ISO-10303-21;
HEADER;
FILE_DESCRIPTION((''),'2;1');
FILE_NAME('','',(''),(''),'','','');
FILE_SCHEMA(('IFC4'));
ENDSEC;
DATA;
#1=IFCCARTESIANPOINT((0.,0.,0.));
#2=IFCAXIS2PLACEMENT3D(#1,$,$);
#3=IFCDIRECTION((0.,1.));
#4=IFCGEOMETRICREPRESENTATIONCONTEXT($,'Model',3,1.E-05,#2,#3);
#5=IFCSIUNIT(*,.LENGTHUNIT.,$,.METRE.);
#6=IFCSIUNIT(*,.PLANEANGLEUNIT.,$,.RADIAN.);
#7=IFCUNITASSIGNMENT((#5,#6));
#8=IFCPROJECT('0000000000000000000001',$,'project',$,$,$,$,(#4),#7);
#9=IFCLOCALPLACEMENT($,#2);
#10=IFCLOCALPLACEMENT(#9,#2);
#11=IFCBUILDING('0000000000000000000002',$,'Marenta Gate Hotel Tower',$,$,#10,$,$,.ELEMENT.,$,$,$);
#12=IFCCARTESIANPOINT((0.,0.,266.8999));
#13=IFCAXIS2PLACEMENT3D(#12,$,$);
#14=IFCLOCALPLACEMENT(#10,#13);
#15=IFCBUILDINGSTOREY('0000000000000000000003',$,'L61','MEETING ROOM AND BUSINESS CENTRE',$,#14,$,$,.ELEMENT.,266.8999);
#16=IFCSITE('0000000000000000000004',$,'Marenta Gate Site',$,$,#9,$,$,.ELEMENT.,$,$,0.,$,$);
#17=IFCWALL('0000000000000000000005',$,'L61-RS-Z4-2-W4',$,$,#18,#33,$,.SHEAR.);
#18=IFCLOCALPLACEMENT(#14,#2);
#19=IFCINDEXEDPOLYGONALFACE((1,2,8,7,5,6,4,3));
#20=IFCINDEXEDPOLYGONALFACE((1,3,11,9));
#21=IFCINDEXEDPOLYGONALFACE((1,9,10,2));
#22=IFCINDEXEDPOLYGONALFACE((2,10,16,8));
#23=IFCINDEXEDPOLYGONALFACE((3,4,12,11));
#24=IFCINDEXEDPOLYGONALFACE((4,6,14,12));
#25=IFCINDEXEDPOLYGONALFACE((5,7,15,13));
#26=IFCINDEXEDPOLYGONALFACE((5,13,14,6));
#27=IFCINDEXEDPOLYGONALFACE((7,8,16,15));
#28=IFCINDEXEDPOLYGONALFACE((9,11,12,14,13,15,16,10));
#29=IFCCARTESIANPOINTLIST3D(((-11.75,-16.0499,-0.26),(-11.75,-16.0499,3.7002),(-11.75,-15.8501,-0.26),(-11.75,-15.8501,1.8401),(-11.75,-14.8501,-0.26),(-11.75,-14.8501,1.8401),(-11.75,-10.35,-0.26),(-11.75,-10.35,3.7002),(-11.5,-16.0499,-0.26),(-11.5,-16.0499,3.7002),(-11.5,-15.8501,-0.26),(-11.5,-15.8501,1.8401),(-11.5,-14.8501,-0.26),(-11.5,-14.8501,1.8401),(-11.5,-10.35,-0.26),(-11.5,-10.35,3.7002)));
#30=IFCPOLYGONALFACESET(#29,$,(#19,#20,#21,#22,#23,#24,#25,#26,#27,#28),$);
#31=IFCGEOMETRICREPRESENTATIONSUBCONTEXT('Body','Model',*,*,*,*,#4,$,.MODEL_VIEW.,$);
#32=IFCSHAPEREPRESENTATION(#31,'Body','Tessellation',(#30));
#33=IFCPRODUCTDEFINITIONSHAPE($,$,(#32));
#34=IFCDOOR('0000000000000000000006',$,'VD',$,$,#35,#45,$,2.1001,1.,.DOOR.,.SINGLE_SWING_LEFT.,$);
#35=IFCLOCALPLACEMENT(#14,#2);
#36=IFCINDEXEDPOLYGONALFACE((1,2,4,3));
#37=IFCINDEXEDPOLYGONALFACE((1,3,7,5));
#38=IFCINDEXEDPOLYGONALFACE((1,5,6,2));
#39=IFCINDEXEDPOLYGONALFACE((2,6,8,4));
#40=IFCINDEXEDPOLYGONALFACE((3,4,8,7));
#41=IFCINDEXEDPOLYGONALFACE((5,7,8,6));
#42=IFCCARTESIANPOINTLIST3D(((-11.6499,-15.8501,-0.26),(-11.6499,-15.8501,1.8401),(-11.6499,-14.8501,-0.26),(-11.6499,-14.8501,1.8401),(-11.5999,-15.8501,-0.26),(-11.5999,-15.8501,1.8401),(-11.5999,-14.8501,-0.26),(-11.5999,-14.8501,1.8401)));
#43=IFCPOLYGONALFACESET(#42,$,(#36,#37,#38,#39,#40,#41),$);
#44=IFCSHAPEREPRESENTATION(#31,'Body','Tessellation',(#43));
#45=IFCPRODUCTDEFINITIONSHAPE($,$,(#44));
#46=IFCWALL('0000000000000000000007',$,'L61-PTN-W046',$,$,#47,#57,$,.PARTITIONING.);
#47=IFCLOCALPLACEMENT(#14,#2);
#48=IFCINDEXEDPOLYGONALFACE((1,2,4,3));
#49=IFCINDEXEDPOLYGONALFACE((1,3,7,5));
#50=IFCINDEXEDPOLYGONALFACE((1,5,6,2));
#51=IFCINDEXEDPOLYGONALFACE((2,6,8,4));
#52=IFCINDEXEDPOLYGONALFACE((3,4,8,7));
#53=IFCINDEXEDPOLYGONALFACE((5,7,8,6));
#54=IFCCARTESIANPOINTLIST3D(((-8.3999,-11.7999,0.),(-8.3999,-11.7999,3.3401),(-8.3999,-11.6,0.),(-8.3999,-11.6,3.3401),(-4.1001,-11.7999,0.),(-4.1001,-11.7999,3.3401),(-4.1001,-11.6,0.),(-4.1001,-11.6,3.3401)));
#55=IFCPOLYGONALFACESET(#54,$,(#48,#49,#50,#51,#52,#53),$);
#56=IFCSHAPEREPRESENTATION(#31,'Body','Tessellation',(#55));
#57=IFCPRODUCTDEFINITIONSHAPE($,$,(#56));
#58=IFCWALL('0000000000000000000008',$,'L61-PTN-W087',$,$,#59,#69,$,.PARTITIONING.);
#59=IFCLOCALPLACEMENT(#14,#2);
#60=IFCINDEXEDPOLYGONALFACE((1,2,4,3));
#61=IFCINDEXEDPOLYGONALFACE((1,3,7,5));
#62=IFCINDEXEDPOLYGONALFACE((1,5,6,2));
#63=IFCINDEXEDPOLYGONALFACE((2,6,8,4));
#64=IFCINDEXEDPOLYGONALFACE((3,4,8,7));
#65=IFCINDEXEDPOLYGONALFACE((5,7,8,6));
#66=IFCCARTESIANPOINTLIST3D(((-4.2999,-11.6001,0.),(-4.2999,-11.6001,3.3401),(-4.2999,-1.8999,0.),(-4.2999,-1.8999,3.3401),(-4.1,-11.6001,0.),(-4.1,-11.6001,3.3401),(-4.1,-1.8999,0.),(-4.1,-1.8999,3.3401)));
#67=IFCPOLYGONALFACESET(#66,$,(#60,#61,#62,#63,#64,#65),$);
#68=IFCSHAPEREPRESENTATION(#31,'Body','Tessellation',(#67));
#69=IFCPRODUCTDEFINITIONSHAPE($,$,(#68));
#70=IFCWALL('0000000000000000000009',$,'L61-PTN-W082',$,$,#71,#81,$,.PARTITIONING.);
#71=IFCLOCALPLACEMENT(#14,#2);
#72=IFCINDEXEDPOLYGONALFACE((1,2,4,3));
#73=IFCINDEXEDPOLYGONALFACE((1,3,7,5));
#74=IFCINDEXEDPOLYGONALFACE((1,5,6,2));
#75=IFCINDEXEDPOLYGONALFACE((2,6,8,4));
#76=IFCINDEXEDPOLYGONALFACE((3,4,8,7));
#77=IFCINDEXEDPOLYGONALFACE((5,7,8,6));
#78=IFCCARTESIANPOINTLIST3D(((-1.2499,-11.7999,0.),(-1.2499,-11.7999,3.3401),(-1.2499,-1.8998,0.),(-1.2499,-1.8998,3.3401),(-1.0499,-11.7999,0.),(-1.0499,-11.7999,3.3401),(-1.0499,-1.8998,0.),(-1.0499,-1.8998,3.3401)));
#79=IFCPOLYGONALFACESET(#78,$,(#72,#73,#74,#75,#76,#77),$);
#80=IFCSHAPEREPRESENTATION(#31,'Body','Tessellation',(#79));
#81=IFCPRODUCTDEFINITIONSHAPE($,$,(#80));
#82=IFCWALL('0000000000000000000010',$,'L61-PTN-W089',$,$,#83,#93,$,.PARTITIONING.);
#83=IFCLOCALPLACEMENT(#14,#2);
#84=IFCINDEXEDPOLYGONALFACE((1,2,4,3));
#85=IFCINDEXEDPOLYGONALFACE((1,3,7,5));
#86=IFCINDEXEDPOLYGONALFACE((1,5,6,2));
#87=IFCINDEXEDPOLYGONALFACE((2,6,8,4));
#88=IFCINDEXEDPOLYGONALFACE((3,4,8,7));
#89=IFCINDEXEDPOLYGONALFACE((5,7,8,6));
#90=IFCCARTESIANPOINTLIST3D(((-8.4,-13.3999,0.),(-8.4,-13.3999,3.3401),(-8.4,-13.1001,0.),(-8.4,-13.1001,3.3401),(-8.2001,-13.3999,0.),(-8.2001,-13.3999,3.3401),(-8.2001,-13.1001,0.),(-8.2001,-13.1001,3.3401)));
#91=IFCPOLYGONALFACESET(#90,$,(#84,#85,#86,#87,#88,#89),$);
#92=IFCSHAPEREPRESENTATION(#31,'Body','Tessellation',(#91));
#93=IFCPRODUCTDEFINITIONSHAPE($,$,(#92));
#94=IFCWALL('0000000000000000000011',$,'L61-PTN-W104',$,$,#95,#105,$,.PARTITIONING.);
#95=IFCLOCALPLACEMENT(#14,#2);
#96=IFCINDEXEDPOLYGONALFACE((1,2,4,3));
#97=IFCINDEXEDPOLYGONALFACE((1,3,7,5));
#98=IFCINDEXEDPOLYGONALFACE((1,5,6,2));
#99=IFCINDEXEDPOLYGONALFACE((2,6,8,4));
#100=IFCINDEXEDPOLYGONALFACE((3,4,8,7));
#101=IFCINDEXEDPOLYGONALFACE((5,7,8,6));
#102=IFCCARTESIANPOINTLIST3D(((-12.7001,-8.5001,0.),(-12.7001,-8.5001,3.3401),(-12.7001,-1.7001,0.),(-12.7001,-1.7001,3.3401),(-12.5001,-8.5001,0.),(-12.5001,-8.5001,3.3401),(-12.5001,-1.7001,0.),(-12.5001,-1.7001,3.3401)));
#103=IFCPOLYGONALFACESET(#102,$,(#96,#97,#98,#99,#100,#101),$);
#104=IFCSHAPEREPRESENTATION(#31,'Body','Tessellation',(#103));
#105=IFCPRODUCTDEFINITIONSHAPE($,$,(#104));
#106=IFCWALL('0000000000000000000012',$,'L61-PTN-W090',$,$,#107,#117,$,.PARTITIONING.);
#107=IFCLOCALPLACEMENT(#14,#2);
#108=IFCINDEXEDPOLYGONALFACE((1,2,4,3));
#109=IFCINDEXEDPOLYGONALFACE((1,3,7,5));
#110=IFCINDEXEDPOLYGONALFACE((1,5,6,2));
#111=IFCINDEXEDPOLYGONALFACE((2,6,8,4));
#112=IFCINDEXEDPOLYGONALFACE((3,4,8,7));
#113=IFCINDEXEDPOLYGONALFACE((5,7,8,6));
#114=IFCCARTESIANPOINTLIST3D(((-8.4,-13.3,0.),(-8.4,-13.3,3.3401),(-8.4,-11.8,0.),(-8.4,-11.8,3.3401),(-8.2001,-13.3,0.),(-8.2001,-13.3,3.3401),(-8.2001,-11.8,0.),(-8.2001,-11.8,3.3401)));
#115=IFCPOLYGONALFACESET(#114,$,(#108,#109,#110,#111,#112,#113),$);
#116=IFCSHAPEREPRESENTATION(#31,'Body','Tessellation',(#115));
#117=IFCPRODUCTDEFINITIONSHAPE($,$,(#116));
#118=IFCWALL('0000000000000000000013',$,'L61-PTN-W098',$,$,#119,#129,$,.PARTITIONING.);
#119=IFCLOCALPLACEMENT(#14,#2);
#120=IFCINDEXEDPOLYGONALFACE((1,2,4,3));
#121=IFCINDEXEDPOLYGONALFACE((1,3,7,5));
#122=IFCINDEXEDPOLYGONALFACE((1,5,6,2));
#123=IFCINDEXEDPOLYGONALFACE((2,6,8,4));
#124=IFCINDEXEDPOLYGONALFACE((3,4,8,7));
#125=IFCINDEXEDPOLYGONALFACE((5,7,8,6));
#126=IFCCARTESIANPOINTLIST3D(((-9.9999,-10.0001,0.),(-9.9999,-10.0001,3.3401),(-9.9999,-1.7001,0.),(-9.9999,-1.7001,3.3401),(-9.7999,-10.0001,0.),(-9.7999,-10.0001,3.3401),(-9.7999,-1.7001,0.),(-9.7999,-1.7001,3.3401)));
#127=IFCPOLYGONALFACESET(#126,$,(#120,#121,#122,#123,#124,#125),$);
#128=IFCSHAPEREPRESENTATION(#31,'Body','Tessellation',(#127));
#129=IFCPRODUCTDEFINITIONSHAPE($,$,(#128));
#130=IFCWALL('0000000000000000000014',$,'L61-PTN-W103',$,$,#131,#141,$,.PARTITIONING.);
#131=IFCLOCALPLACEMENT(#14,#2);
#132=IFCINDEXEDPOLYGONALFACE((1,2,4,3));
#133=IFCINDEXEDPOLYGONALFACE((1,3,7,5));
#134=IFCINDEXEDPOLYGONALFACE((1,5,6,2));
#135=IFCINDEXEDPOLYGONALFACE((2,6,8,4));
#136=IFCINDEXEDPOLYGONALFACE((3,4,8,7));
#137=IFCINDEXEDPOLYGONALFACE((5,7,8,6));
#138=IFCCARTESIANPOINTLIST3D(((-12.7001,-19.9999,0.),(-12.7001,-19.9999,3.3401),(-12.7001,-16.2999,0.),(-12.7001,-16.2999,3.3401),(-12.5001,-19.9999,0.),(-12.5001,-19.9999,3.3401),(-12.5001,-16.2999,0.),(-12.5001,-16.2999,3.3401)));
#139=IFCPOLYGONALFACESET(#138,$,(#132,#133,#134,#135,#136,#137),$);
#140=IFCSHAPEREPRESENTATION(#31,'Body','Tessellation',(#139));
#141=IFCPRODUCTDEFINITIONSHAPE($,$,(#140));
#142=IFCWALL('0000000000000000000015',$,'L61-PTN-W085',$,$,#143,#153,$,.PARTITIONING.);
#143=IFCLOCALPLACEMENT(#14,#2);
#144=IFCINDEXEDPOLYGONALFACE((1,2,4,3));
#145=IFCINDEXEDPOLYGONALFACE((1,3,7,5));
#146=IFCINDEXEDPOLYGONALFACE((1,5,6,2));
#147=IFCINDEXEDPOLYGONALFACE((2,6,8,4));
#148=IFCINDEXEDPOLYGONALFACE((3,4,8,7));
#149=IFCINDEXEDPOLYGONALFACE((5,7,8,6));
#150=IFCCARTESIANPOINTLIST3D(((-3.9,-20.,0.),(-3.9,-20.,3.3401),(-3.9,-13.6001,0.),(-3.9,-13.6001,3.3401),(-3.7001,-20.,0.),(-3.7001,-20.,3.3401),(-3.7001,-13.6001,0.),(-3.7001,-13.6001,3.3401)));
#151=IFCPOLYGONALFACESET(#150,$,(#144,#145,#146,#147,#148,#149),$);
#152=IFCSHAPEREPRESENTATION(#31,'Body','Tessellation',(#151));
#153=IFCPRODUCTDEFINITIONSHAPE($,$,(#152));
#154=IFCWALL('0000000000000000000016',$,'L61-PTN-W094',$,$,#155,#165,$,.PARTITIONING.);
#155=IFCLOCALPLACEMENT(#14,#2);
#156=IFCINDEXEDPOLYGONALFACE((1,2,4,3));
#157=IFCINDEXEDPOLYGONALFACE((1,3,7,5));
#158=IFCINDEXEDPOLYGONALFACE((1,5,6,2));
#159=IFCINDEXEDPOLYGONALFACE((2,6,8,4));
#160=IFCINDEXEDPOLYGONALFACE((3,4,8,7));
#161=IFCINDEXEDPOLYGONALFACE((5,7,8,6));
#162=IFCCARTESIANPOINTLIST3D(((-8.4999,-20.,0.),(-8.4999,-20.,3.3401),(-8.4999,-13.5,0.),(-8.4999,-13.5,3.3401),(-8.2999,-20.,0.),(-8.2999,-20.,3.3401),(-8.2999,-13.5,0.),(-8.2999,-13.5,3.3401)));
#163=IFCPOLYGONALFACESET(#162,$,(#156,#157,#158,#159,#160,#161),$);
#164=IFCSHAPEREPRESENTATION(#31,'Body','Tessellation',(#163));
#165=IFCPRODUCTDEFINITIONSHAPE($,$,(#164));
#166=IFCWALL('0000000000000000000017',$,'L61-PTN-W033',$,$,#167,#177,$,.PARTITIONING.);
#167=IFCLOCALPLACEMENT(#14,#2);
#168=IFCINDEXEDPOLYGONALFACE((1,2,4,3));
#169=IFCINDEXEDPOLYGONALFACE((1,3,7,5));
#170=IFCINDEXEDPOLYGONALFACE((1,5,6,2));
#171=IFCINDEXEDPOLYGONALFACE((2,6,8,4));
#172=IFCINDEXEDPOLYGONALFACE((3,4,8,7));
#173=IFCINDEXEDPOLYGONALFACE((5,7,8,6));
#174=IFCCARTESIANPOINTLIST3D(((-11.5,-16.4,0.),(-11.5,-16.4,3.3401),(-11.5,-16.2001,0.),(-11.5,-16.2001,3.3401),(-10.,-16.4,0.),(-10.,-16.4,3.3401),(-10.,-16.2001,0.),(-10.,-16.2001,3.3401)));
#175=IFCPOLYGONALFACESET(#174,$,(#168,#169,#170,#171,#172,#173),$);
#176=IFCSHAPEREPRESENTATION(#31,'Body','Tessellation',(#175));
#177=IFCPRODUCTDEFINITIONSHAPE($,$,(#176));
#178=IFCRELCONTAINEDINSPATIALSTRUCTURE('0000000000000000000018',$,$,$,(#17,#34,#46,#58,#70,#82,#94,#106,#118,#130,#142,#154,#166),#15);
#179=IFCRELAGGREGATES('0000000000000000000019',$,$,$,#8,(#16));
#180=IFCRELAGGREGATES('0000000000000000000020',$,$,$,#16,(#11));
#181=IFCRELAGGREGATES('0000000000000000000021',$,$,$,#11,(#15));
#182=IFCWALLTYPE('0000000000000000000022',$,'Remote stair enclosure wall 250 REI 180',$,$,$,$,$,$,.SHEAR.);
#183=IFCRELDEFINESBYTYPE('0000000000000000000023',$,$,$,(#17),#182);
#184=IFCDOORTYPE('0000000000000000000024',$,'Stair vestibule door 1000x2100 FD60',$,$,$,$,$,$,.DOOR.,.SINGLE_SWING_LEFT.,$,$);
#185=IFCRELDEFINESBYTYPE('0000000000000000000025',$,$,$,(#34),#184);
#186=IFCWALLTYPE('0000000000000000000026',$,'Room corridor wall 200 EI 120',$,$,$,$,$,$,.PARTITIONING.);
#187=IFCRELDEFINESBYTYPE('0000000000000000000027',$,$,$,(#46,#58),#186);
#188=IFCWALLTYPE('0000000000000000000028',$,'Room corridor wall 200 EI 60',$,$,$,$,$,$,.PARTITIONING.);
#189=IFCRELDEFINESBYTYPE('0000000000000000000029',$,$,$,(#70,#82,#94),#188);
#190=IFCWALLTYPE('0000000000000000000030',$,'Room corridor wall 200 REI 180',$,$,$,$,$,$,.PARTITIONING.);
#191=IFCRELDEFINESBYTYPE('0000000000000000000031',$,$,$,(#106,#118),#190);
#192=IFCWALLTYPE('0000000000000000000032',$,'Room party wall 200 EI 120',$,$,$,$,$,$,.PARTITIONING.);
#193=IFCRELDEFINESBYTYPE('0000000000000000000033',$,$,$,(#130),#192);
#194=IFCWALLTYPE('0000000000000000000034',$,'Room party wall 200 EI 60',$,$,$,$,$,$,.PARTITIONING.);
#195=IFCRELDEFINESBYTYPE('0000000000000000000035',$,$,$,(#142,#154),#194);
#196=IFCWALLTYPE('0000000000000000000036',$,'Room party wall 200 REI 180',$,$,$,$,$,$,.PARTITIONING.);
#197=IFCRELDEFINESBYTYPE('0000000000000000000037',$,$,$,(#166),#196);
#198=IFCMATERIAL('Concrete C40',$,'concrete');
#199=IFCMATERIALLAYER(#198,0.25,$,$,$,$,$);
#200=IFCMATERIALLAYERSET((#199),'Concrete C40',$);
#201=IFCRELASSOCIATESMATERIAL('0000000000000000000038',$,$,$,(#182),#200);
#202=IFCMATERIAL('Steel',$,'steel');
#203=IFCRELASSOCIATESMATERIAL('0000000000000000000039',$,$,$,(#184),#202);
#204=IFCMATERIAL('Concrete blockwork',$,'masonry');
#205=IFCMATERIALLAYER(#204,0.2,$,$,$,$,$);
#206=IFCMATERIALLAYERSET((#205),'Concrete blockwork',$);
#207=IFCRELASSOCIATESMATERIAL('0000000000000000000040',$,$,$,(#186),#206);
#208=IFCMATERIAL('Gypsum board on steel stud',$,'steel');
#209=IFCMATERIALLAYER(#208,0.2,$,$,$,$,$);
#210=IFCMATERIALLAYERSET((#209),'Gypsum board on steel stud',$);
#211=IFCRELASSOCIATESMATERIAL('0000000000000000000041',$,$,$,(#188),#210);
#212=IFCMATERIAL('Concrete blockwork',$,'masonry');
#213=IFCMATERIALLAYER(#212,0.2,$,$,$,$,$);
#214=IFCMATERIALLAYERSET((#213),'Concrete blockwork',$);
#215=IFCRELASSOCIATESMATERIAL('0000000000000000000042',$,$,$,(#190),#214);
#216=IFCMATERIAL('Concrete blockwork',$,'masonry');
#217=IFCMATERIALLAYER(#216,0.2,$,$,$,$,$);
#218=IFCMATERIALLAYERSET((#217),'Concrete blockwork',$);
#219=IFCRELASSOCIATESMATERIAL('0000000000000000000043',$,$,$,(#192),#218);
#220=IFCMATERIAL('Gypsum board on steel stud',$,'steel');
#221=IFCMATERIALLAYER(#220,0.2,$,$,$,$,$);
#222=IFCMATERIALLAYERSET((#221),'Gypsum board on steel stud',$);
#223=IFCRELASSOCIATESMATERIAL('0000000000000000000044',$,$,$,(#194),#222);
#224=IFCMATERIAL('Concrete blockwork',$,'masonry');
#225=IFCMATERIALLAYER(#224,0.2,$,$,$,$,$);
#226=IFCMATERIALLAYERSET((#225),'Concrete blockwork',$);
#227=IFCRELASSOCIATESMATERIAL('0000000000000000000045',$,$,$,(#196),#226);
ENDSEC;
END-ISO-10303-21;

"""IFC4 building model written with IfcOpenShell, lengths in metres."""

from ifc_helpers import new_model, si_unit, direction, frame, frame_2d, origin, place, context, subcontext, project, spatial, rectangle, extrude, material, layer, layer_set, type_object, element, fill, save


model = new_model("IFC4")

# Units and contexts
model_context = context("Model", 3, precision=1e-05, world=origin(), true_north=direction((0.0, 1.0)))
body_context = subcontext(model_context, "Body", "Model", "MODEL_VIEW")
ifc_project = project(units=[si_unit("LENGTHUNIT", "METRE"), si_unit("PLANEANGLEUNIT", "RADIAN")], contexts=[model_context])

# Site, building, storey
site_placement = place(None, origin())
site = spatial("IfcSite", under=ifc_project, at=site_placement, Name="Marenta Gate Site", CompositionType="ELEMENT", RefElevation=0.0)
building_placement = place(site_placement, origin())
building = spatial("IfcBuilding", under=site, at=building_placement, Name="Marenta Gate Hotel Tower", CompositionType="ELEMENT")
storey_placement = place(building_placement, frame((0.0, 0.0, 266.8999)))
storey = spatial("IfcBuildingStorey", under=building, at=storey_placement, Name="L61", Description="MEETING ROOM AND BUSINESS CENTRE", CompositionType="ELEMENT", Elevation=266.8999)

# Wall, opening, door
ifc_material_1 = material(Name="Concrete C40", Category="concrete")
ifc_layer_1 = layer(ifc_material_1, 0.25)
ifc_layer_set_1 = layer_set([ifc_layer_1], Name="Concrete C40")
wall_type_1 = type_object("IfcWallType", Name="Remote stair enclosure wall 250 REI 180", PredefinedType="SHEAR", material=ifc_layer_set_1)
wall_1_placement = place(storey_placement, frame((-11.625, -16.05, -0.26), z_axis=(0.0, 0.0, 1.0), x_axis=(0.0, 1.0, 0.0)))
wall_1 = element("IfcWall", 1, at=wall_1_placement, inside=storey, type_object=wall_type_1, Name="L61-RS-Z4-2-W4", PredefinedType="SHEAR", context=body_context, shape_type="SweptSolid", body=[
    extrude(rectangle(XDim=5.7, YDim=0.25, at=frame_2d((2.8501, 0.0))), origin(), (0.0, 0.0, 1.0), 3.9602),
])
opening_1_placement = place(wall_1_placement, frame((0.2, 0.0, 0.0)))
opening_1 = element("IfcOpeningElement", 2, at=opening_1_placement, cuts=wall_1, PredefinedType="OPENING", context=body_context, shape_type="SweptSolid", body=[
    extrude(rectangle(XDim=1.0, YDim=2.1001, at=frame_2d((0.5, 1.05))), frame((0.0, 0.125, 0.0), z_axis=(0.0, -1.0, 0.0), x_axis=(1.0, 0.0, 0.0)), (0.0, 0.0, 1.0), 0.25),
])
ifc_material_2 = material(Name="Steel", Category="steel")
door_type_1 = type_object("IfcDoorType", Name="Stair vestibule door 1000x2100 FD60", OperationType="SINGLE_SWING_LEFT", PredefinedType="DOOR", material=ifc_material_2)
door_1_placement = place(opening_1_placement, origin())
door_1 = element("IfcDoor", 3, at=door_1_placement, inside=storey, type_object=door_type_1, Name="VD", OperationType="SINGLE_SWING_LEFT", OverallHeight=2.1001, OverallWidth=1.0, PredefinedType="DOOR", context=body_context, shape_type="SweptSolid", body=[
    extrude(rectangle(XDim=1.0, YDim=2.1001, at=frame_2d((0.5, 1.05))), frame((0.0, 0.0249, 0.0), z_axis=(0.0, -1.0, 0.0), x_axis=(1.0, 0.0, 0.0)), (0.0, 0.0, 1.0), 0.05),
])
fill(opening_1, door_1)

# Walls
ifc_material_3 = material(Name="Concrete blockwork", Category="masonry")
ifc_layer_2 = layer(ifc_material_3, 0.2)
ifc_layer_set_2 = layer_set([ifc_layer_2], Name="Concrete blockwork")
wall_type_2 = type_object("IfcWallType", Name="Room corridor wall 200 EI 120", PredefinedType="PARTITIONING", material=ifc_layer_set_2)
wall_2_placement = place(storey_placement, frame((-8.3999, -11.7, 0.0), z_axis=(0.0, 0.0, 1.0), x_axis=(1.0, 0.0, 0.0)))
element("IfcWall", 4, at=wall_2_placement, inside=storey, type_object=wall_type_2, Name="L61-PTN-W046", PredefinedType="PARTITIONING", context=body_context, shape_type="SweptSolid", body=[
    extrude(rectangle(XDim=4.2998, YDim=0.2, at=frame_2d((2.1499, 0.0))), origin(), (0.0, 0.0, 1.0), 3.3401),
])
wall_3_placement = place(storey_placement, frame((-4.2, -11.6001, 0.0), z_axis=(0.0, 0.0, 1.0), x_axis=(0.0, 1.0, 0.0)))
element("IfcWall", 5, at=wall_3_placement, inside=storey, type_object=wall_type_2, Name="L61-PTN-W087", PredefinedType="PARTITIONING", context=body_context, shape_type="SweptSolid", body=[
    extrude(rectangle(XDim=9.7002, YDim=0.2, at=frame_2d((4.8501, 0.0))), origin(), (0.0, 0.0, 1.0), 3.3401),
])

# Shared definitions
ifc_material_4 = material(Name="Gypsum board on steel stud", Category="steel")
ifc_layer_3 = layer(ifc_material_4, 0.2)
ifc_layer_set_3 = layer_set([ifc_layer_3], Name="Gypsum board on steel stud")
wall_type_3 = type_object("IfcWallType", Name="Room corridor wall 200 EI 60", PredefinedType="PARTITIONING", material=ifc_layer_set_3)

# Walls
wall_4_placement = place(storey_placement, frame((-1.1499, -11.8, 0.0), z_axis=(0.0, 0.0, 1.0), x_axis=(0.0, 1.0, 0.0)))
element("IfcWall", 6, at=wall_4_placement, inside=storey, type_object=wall_type_3, Name="L61-PTN-W082", PredefinedType="PARTITIONING", context=body_context, shape_type="SweptSolid", body=[
    extrude(rectangle(XDim=9.9001, YDim=0.2, at=frame_2d((4.9502, 0.0))), origin(), (0.0, 0.0, 1.0), 3.3401),
])
wall_5_placement = place(storey_placement, frame((-8.3, -13.3999, 0.0), z_axis=(0.0, 0.0, 1.0), x_axis=(0.0, 1.0, 0.0)))
element("IfcWall", 7, at=wall_5_placement, inside=storey, type_object=wall_type_3, Name="L61-PTN-W089", PredefinedType="PARTITIONING", context=body_context, shape_type="SweptSolid", body=[
    extrude(rectangle(XDim=0.2998, YDim=0.2, at=frame_2d((0.1499, 0.0))), origin(), (0.0, 0.0, 1.0), 3.3401),
])
wall_6_placement = place(storey_placement, frame((-12.6001, -8.5, 0.0), z_axis=(0.0, 0.0, 1.0), x_axis=(0.0, 1.0, 0.0)))
element("IfcWall", 8, at=wall_6_placement, inside=storey, type_object=wall_type_3, Name="L61-PTN-W104", PredefinedType="PARTITIONING", context=body_context, shape_type="SweptSolid", body=[
    extrude(rectangle(XDim=6.8, YDim=0.2, at=frame_2d((3.3999, 0.0))), origin(), (0.0, 0.0, 1.0), 3.3401),
])

# Shared definitions
ifc_material_5 = material(Name="Concrete blockwork", Category="masonry")
ifc_layer_4 = layer(ifc_material_5, 0.2)
ifc_layer_set_4 = layer_set([ifc_layer_4], Name="Concrete blockwork")
wall_type_4 = type_object("IfcWallType", Name="Room corridor wall 200 REI 180", PredefinedType="PARTITIONING", material=ifc_layer_set_4)

# Walls
wall_7_placement = place(storey_placement, frame((-8.3, -13.3, 0.0), z_axis=(0.0, 0.0, 1.0), x_axis=(0.0, 1.0, 0.0)))
element("IfcWall", 9, at=wall_7_placement, inside=storey, type_object=wall_type_4, Name="L61-PTN-W090", PredefinedType="PARTITIONING", context=body_context, shape_type="SweptSolid", body=[
    extrude(rectangle(XDim=1.5, YDim=0.2, at=frame_2d((0.75, 0.0))), origin(), (0.0, 0.0, 1.0), 3.3401),
])
wall_8_placement = place(storey_placement, frame((-9.8999, -10.0, 0.0), z_axis=(0.0, 0.0, 1.0), x_axis=(0.0, 1.0, 0.0)))
element("IfcWall", 10, at=wall_8_placement, inside=storey, type_object=wall_type_4, Name="L61-PTN-W098", PredefinedType="PARTITIONING", context=body_context, shape_type="SweptSolid", body=[
    extrude(rectangle(XDim=8.3, YDim=0.2, at=frame_2d((4.1499, 0.0))), origin(), (0.0, 0.0, 1.0), 3.3401),
])
ifc_material_6 = material(Name="Concrete blockwork", Category="masonry")
ifc_layer_5 = layer(ifc_material_6, 0.2)
ifc_layer_set_5 = layer_set([ifc_layer_5], Name="Concrete blockwork")
wall_type_5 = type_object("IfcWallType", Name="Room party wall 200 EI 120", PredefinedType="PARTITIONING", material=ifc_layer_set_5)
wall_9_placement = place(storey_placement, frame((-12.6001, -20.0, 0.0), z_axis=(0.0, 0.0, 1.0), x_axis=(0.0, 1.0, 0.0)))
element("IfcWall", 11, at=wall_9_placement, inside=storey, type_object=wall_type_5, Name="L61-PTN-W103", PredefinedType="PARTITIONING", context=body_context, shape_type="SweptSolid", body=[
    extrude(rectangle(XDim=3.7, YDim=0.2, at=frame_2d((1.8501, 0.0))), origin(), (0.0, 0.0, 1.0), 3.3401),
])
ifc_material_7 = material(Name="Gypsum board on steel stud", Category="steel")
ifc_layer_6 = layer(ifc_material_7, 0.2)
ifc_layer_set_6 = layer_set([ifc_layer_6], Name="Gypsum board on steel stud")
wall_type_6 = type_object("IfcWallType", Name="Room party wall 200 EI 60", PredefinedType="PARTITIONING", material=ifc_layer_set_6)
wall_10_placement = place(storey_placement, frame((-3.8, -20.0, 0.0), z_axis=(0.0, 0.0, 1.0), x_axis=(0.0, 1.0, 0.0)))
element("IfcWall", 12, at=wall_10_placement, inside=storey, type_object=wall_type_6, Name="L61-PTN-W085", PredefinedType="PARTITIONING", context=body_context, shape_type="SweptSolid", body=[
    extrude(rectangle(XDim=6.3999, YDim=0.2, at=frame_2d((3.2, 0.0))), origin(), (0.0, 0.0, 1.0), 3.3401),
])
wall_11_placement = place(storey_placement, frame((-8.3999, -20.0, 0.0), z_axis=(0.0, 0.0, 1.0), x_axis=(0.0, 1.0, 0.0)))
element("IfcWall", 13, at=wall_11_placement, inside=storey, type_object=wall_type_6, Name="L61-PTN-W094", PredefinedType="PARTITIONING", context=body_context, shape_type="SweptSolid", body=[
    extrude(rectangle(XDim=6.5, YDim=0.2, at=frame_2d((3.25, 0.0))), origin(), (0.0, 0.0, 1.0), 3.3401),
])
ifc_material_8 = material(Name="Concrete blockwork", Category="masonry")
ifc_layer_7 = layer(ifc_material_8, 0.2)
ifc_layer_set_7 = layer_set([ifc_layer_7], Name="Concrete blockwork")
wall_type_7 = type_object("IfcWallType", Name="Room party wall 200 REI 180", PredefinedType="PARTITIONING", material=ifc_layer_set_7)
wall_12_placement = place(storey_placement, frame((-11.5, -16.3, 0.0), z_axis=(0.0, 0.0, 1.0), x_axis=(1.0, 0.0, 0.0)))
element("IfcWall", 14, at=wall_12_placement, inside=storey, type_object=wall_type_7, Name="L61-PTN-W033", PredefinedType="PARTITIONING", context=body_context, shape_type="SweptSolid", body=[
    extrude(rectangle(XDim=1.5, YDim=0.2, at=frame_2d((0.75, 0.0))), origin(), (0.0, 0.0, 1.0), 3.3401),
])

save(model, "model.ifc")
